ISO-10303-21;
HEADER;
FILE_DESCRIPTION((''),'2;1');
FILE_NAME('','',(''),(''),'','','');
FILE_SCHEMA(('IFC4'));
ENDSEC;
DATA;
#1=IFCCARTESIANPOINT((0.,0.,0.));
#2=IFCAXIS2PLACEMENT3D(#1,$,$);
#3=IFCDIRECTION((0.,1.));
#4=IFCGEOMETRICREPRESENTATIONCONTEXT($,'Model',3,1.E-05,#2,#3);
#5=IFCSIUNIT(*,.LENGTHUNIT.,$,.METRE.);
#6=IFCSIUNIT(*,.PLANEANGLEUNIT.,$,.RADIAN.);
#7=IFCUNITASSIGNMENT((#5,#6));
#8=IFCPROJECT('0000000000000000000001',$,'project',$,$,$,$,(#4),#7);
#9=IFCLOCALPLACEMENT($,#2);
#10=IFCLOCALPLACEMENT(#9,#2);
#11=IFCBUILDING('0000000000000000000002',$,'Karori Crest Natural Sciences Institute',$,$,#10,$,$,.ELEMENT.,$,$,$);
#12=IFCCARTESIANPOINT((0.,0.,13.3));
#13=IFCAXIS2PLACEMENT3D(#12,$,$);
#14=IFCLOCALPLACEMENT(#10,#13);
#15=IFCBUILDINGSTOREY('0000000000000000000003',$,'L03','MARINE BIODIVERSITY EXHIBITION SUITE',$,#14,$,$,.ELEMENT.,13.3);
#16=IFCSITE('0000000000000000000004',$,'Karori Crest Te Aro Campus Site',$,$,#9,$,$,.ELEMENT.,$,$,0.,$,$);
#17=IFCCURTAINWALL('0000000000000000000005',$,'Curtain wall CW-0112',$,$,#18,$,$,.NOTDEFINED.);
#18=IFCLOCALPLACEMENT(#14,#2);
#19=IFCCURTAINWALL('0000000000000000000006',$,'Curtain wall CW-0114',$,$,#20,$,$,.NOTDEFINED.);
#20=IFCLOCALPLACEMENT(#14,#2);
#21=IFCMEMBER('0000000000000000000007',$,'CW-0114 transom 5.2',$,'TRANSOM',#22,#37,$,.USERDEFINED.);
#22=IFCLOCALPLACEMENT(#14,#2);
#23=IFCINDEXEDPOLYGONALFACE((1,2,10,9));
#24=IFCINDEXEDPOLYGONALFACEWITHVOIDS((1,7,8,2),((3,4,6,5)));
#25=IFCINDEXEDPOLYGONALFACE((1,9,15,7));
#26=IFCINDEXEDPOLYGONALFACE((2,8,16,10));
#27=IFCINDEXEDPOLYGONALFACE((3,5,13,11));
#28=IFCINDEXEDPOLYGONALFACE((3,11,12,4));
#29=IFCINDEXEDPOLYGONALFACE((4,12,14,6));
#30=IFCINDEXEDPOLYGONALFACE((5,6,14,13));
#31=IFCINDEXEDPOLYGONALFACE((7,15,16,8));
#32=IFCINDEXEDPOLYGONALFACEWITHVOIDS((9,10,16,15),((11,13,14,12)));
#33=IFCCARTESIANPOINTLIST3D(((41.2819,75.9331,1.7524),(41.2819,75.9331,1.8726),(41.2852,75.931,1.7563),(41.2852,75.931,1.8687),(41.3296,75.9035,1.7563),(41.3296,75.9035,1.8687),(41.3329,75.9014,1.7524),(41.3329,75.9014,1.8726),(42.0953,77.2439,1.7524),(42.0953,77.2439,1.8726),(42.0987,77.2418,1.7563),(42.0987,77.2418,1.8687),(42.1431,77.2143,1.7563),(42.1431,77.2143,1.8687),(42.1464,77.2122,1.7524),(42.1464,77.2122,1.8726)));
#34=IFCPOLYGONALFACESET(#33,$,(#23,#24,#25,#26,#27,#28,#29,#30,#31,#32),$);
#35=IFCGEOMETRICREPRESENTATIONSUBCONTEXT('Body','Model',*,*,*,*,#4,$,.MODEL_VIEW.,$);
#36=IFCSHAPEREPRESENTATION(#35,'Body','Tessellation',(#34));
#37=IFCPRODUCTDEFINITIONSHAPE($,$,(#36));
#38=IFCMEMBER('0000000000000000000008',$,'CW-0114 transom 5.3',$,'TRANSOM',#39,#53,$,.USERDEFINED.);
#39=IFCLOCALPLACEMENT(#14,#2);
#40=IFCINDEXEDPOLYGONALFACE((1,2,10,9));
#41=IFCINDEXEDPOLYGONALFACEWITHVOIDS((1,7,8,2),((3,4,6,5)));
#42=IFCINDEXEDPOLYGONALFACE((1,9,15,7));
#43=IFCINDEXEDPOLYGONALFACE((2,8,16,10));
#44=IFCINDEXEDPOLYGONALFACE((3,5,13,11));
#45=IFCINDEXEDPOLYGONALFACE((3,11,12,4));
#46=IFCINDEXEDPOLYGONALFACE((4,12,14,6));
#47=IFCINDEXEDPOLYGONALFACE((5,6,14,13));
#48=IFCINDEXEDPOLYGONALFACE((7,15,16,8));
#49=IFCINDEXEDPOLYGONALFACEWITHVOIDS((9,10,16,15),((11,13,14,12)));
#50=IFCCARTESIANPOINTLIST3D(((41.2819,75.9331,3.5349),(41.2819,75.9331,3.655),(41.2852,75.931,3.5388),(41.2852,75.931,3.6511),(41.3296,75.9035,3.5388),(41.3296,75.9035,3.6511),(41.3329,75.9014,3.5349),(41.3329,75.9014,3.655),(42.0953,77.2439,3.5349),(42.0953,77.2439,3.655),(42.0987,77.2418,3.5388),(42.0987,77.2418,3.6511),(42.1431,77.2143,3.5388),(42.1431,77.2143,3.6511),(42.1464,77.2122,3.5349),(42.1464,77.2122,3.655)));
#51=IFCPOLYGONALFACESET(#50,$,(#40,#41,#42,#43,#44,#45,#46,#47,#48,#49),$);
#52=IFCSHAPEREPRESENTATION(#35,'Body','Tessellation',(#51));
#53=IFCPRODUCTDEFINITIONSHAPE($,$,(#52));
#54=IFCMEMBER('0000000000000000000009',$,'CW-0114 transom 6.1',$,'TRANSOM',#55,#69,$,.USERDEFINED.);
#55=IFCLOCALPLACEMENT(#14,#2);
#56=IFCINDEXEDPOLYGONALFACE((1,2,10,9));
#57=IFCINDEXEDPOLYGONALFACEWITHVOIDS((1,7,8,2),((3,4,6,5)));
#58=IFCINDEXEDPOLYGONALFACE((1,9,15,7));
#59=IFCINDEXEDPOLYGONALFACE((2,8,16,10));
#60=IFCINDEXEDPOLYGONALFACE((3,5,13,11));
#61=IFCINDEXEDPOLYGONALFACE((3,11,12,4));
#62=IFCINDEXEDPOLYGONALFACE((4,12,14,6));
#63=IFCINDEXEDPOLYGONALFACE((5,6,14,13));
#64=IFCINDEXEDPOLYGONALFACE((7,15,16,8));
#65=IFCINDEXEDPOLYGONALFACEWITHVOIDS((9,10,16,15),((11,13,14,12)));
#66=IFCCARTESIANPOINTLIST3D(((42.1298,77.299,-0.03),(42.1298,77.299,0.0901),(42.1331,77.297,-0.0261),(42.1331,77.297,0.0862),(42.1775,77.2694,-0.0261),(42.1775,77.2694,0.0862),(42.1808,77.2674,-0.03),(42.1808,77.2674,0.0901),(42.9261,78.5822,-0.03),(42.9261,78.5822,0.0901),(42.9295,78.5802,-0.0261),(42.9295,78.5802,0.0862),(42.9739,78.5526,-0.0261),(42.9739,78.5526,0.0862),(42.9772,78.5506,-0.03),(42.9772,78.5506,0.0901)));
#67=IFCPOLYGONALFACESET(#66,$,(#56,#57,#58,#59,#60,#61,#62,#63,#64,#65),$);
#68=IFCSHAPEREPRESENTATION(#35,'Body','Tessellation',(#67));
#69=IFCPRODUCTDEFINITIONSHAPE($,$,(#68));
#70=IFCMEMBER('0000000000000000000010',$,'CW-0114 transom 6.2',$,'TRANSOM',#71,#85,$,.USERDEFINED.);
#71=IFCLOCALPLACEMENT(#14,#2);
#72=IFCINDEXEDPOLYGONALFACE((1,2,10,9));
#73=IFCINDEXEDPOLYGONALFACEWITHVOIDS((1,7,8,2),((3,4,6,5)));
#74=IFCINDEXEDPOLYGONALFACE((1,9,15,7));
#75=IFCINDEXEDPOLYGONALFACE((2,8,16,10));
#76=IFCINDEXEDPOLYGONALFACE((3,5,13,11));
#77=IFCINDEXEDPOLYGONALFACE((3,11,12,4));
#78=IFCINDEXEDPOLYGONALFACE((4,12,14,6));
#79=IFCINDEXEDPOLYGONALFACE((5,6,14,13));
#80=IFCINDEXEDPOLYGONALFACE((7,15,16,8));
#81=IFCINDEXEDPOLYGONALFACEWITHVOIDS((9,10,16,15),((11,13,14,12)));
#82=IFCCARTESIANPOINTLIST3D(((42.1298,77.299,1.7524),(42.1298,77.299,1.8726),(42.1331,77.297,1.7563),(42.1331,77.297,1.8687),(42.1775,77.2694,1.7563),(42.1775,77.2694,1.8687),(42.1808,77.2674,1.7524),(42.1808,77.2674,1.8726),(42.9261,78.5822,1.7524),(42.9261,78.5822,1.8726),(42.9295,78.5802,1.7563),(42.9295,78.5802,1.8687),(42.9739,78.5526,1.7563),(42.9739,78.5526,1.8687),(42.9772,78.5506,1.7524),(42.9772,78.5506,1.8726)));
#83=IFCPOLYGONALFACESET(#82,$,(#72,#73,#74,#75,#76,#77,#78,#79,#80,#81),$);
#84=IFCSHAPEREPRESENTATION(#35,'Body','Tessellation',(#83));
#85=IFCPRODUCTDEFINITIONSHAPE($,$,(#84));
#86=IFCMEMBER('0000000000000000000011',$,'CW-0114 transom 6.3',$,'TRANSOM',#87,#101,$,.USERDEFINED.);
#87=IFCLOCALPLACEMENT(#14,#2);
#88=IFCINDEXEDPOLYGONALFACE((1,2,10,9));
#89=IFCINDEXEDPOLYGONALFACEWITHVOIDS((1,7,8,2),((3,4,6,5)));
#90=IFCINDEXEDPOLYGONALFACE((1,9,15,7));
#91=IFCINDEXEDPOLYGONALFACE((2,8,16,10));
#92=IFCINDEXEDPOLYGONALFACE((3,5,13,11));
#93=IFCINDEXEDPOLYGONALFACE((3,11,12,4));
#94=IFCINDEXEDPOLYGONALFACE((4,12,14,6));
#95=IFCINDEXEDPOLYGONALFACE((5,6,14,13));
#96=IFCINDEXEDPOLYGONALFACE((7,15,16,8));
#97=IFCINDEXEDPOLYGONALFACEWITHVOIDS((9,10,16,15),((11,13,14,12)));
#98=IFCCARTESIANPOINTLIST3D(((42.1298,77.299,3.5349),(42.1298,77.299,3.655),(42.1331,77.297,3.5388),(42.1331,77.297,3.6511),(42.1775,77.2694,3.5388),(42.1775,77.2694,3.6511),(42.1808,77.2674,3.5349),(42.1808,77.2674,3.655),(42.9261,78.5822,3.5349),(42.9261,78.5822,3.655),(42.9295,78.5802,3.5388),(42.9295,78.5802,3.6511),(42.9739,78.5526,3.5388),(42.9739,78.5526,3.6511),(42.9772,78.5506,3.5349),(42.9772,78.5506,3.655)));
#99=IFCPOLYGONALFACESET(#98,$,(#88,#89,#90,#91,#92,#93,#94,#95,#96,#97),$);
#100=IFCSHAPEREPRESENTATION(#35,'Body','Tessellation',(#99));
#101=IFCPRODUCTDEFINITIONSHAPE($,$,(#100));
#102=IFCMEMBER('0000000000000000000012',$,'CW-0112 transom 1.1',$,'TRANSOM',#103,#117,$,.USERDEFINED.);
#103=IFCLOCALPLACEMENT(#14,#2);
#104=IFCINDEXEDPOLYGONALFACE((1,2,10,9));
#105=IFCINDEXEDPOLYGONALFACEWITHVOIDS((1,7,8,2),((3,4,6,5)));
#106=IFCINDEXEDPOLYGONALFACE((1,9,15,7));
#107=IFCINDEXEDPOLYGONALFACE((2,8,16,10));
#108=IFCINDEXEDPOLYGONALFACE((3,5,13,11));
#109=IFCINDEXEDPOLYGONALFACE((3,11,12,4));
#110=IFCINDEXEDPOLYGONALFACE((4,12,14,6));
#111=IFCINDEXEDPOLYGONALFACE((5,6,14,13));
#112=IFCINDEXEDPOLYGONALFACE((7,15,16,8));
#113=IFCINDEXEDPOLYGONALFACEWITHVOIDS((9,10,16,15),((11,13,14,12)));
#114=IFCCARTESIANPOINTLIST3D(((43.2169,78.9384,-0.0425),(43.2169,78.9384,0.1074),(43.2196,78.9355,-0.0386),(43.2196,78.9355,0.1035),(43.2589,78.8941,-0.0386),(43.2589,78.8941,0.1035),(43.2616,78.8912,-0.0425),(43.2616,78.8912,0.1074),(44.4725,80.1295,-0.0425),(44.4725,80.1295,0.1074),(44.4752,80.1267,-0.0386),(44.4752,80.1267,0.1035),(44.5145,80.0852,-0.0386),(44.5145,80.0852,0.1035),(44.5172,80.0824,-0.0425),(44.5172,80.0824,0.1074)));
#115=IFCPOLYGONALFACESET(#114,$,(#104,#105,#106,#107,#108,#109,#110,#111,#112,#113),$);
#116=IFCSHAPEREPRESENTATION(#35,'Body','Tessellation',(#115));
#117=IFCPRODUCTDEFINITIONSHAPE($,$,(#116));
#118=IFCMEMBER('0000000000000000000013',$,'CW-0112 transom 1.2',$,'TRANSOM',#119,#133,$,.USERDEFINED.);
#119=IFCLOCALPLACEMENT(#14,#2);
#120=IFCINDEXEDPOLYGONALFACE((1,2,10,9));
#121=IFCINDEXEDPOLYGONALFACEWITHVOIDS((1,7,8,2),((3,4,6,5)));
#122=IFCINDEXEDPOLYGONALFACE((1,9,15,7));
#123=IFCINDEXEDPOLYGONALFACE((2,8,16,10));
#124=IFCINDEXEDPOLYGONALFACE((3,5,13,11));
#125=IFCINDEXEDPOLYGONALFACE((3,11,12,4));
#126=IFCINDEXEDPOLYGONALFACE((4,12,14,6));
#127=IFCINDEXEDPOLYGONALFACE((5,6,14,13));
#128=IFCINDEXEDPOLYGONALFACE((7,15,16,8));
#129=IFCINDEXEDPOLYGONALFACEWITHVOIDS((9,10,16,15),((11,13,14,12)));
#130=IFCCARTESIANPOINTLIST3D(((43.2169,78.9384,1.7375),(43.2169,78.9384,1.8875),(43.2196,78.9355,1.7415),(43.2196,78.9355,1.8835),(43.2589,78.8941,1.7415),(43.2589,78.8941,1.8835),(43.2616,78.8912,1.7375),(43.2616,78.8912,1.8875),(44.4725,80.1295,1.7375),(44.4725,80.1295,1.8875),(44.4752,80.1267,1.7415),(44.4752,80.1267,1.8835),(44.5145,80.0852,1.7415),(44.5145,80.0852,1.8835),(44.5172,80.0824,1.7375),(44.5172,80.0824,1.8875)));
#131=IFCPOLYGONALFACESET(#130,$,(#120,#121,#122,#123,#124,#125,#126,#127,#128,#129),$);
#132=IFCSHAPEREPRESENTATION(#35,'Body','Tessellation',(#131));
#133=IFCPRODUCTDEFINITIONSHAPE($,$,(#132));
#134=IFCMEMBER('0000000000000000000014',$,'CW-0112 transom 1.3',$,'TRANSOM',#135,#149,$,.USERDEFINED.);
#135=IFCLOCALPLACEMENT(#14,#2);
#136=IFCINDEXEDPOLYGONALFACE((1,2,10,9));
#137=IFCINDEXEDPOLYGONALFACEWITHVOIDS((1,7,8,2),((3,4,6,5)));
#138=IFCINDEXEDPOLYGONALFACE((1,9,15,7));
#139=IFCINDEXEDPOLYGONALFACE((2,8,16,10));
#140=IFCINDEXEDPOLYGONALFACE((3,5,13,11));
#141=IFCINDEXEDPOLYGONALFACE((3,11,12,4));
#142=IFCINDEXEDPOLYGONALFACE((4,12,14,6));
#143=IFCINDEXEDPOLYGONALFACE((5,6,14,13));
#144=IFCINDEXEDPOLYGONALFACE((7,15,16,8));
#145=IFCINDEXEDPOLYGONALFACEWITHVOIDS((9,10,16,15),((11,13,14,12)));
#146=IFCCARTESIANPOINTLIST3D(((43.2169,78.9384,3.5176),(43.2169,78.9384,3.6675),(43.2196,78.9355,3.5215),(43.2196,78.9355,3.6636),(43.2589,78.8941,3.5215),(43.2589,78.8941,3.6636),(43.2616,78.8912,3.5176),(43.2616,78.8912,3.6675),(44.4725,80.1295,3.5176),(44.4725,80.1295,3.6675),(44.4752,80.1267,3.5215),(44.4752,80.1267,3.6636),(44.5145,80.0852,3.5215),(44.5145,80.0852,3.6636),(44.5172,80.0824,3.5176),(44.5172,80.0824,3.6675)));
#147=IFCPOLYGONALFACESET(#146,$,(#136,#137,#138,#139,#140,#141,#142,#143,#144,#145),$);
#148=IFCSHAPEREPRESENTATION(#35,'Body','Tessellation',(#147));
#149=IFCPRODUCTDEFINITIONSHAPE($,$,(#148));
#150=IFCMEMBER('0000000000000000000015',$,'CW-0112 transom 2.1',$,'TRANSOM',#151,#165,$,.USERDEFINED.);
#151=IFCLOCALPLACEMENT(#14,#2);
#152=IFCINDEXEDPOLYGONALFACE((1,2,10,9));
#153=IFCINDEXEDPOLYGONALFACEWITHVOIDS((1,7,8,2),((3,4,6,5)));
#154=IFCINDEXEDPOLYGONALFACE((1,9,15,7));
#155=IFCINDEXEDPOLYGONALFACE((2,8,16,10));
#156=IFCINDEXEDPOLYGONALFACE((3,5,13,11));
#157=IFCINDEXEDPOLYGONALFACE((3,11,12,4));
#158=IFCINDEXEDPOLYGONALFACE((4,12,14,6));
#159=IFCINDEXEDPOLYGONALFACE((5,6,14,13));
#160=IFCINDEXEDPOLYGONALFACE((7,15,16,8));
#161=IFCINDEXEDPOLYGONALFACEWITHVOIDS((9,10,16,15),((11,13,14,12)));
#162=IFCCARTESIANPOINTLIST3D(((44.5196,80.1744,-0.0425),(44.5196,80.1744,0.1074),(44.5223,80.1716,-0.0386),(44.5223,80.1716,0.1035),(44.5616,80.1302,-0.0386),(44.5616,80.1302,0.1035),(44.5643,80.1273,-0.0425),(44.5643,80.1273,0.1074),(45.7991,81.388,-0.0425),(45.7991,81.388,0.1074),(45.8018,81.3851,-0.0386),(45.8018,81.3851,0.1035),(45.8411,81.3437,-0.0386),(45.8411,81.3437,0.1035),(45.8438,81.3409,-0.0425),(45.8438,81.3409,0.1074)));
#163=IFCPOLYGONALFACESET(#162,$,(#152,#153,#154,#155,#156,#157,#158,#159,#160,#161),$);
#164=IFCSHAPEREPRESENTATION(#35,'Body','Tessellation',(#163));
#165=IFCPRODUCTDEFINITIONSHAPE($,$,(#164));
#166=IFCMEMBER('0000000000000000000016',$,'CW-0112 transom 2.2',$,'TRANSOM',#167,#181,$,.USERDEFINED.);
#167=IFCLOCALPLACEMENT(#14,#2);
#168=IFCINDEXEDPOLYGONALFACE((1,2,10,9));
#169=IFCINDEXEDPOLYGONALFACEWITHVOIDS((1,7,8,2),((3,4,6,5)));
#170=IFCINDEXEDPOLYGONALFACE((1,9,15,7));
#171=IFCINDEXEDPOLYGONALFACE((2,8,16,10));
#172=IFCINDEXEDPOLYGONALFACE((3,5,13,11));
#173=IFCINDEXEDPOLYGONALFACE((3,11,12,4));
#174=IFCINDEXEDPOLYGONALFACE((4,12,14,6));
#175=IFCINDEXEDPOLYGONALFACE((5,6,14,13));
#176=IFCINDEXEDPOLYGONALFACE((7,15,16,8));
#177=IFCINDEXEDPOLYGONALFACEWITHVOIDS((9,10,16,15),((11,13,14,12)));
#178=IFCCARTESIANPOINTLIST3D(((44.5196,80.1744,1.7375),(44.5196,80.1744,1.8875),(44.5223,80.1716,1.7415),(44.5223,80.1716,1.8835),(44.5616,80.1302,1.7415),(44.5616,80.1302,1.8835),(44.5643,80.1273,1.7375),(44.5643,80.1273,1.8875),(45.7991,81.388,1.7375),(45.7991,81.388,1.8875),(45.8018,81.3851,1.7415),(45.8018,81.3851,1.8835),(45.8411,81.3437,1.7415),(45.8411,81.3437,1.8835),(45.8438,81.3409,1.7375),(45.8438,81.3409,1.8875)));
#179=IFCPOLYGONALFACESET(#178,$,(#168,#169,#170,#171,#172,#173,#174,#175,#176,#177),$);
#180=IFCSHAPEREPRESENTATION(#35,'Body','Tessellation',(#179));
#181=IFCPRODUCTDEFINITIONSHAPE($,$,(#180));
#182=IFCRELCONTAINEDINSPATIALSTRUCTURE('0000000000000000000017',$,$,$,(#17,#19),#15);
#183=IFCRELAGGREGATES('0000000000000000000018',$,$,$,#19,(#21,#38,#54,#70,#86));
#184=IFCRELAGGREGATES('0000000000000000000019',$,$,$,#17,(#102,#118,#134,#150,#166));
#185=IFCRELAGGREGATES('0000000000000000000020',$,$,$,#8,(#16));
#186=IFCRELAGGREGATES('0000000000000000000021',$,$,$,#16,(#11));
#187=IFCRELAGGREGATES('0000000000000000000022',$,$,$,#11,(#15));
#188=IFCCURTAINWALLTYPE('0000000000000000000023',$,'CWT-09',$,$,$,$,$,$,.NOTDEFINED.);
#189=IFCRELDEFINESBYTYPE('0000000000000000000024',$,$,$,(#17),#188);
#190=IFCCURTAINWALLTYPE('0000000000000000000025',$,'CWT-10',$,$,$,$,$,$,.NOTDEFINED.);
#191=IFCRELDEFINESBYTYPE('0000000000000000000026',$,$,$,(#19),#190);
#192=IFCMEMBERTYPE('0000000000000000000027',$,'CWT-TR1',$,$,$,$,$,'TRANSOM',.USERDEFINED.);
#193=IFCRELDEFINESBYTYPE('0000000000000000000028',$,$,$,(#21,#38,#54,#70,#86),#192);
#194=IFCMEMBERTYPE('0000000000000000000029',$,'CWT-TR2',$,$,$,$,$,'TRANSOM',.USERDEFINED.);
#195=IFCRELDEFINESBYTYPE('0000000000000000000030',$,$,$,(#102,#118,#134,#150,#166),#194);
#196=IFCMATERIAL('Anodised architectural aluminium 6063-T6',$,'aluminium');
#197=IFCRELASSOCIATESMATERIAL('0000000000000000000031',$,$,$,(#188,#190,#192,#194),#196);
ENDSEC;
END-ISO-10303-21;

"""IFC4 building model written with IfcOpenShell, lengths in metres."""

from ifc_helpers import new_model, si_unit, direction, frame, origin, origin_2d, place, context, subcontext, project, spatial, hollow_rectangle, extrude, material, material_profile, profile_set, type_object, element, aggregate, save


model = new_model("IFC4")

# Units and contexts
model_context = context("Model", 3, precision=1e-05, world=origin(), true_north=direction((0.0, 1.0)))
body_context = subcontext(model_context, "Body", "Model", "MODEL_VIEW")
ifc_project = project(units=[si_unit("LENGTHUNIT", "METRE"), si_unit("PLANEANGLEUNIT", "RADIAN")], contexts=[model_context])

# Site, building, storey
site_placement = place(None, origin())
site = spatial("IfcSite", under=ifc_project, at=site_placement, Name="Karori Crest Te Aro Campus Site", CompositionType="ELEMENT", RefElevation=0.0)
building_placement = place(site_placement, origin())
building = spatial("IfcBuilding", under=site, at=building_placement, Name="Karori Crest Natural Sciences Institute", CompositionType="ELEMENT")
storey_placement = place(building_placement, frame((0.0, 0.0, 13.3)))
storey = spatial("IfcBuildingStorey", under=building, at=storey_placement, Name="L03", Description="MARINE BIODIVERSITY EXHIBITION SUITE", CompositionType="ELEMENT", Elevation=13.3)

# Curtain walls, members
ifc_material_1 = material(Name="Anodised architectural aluminium 6063-T6", Category="aluminium")
curtain_wall_type_1 = type_object("IfcCurtainWallType", Name="CWT-09", PredefinedType="NOTDEFINED", material=ifc_material_1)
curtain_wall_1_placement = place(storey_placement, origin())
curtain_wall_1 = element("IfcCurtainWall", 1, at=curtain_wall_1_placement, inside=storey, type_object=curtain_wall_type_1, Name="Curtain wall CW-0112", PredefinedType="NOTDEFINED")
curtain_wall_type_2 = type_object("IfcCurtainWallType", Name="CWT-10", PredefinedType="NOTDEFINED", material=ifc_material_1)
curtain_wall_2_placement = place(storey_placement, origin())
curtain_wall_2 = element("IfcCurtainWall", 2, at=curtain_wall_2_placement, inside=storey, type_object=curtain_wall_type_2, Name="Curtain wall CW-0114", PredefinedType="NOTDEFINED")
ifc_material_profile_1 = material_profile(ifc_material_1, hollow_rectangle(XDim=0.0601, YDim=0.1201, WallThickness=0.0039, at=origin_2d()), Name="CWT120x60x4")
ifc_profile_set_1 = profile_set([ifc_material_profile_1], Name="Anodised architectural aluminium 6063-T6")
member_type_1 = type_object("IfcMemberType", Name="CWT-TR1", ElementType="TRANSOM", PredefinedType="USERDEFINED", material=ifc_profile_set_1)
member_1_placement = place(storey_placement, frame((41.3074, 75.9172, 1.8125), z_axis=(0.527308, 0.849674, 0.0), x_axis=(-0.849674, 0.527308, 0.0)))
member_1 = element("IfcMember", 3, at=member_1_placement, type_object=member_type_1, Name="CW-0114 transom 5.2", ObjectType="TRANSOM", PredefinedType="USERDEFINED", context=body_context, shape_type="SweptSolid", body=[
    extrude(hollow_rectangle(XDim=0.0601, YDim=0.1201, WallThickness=0.0039, at=origin_2d()), origin(), (0.0, 0.0, 1.0), 1.5427),
])
member_2_placement = place(storey_placement, frame((41.3074, 75.9172, 3.595), z_axis=(0.527308, 0.849674, 0.0), x_axis=(-0.849674, 0.527308, 0.0)))
member_2 = element("IfcMember", 4, at=member_2_placement, type_object=member_type_1, Name="CW-0114 transom 5.3", ObjectType="TRANSOM", PredefinedType="USERDEFINED", context=body_context, shape_type="SweptSolid", body=[
    extrude(hollow_rectangle(XDim=0.0601, YDim=0.1201, WallThickness=0.0039, at=origin_2d()), origin(), (0.0, 0.0, 1.0), 1.5427),
])
member_3_placement = place(storey_placement, frame((42.1553, 77.2832, 0.03), z_axis=(0.527323, 0.849665, 0.0), x_axis=(-0.849665, 0.527323, 0.0)))
member_3 = element("IfcMember", 5, at=member_3_placement, type_object=member_type_1, Name="CW-0114 transom 6.1", ObjectType="TRANSOM", PredefinedType="USERDEFINED", context=body_context, shape_type="SweptSolid", body=[
    extrude(hollow_rectangle(XDim=0.0601, YDim=0.1201, WallThickness=0.0039, at=origin_2d()), origin(), (0.0, 0.0, 1.0), 1.5103),
])
member_4_placement = place(storey_placement, frame((42.1553, 77.2832, 1.8125), z_axis=(0.527323, 0.849665, 0.0), x_axis=(-0.849665, 0.527323, 0.0)))
member_4 = element("IfcMember", 6, at=member_4_placement, type_object=member_type_1, Name="CW-0114 transom 6.2", ObjectType="TRANSOM", PredefinedType="USERDEFINED", context=body_context, shape_type="SweptSolid", body=[
    extrude(hollow_rectangle(XDim=0.0601, YDim=0.1201, WallThickness=0.0039, at=origin_2d()), origin(), (0.0, 0.0, 1.0), 1.5103),
])
member_5_placement = place(storey_placement, frame((42.1553, 77.2832, 3.595), z_axis=(0.527323, 0.849665, 0.0), x_axis=(-0.849665, 0.527323, 0.0)))
member_5 = element("IfcMember", 7, at=member_5_placement, type_object=member_type_1, Name="CW-0114 transom 6.3", ObjectType="TRANSOM", PredefinedType="USERDEFINED", context=body_context, shape_type="SweptSolid", body=[
    extrude(hollow_rectangle(XDim=0.0601, YDim=0.1201, WallThickness=0.0039, at=origin_2d()), origin(), (0.0, 0.0, 1.0), 1.5103),
])

# Members
ifc_material_profile_2 = material_profile(ifc_material_1, hollow_rectangle(XDim=0.0649, YDim=0.1499, WallThickness=0.0039, at=origin_2d()), Name="CWT150x65x4")
ifc_profile_set_2 = profile_set([ifc_material_profile_2], Name="Anodised architectural aluminium 6063-T6")
member_type_2 = type_object("IfcMemberType", Name="CWT-TR2", ElementType="TRANSOM", PredefinedType="USERDEFINED", material=ifc_profile_set_2)
member_6_placement = place(storey_placement, frame((43.2393, 78.9148, 0.0325), z_axis=(0.725482, 0.688241, 0.0), x_axis=(-0.688241, 0.725482, 0.0)))
member_6 = element("IfcMember", 8, at=member_6_placement, type_object=member_type_2, Name="CW-0112 transom 1.1", ObjectType="TRANSOM", PredefinedType="USERDEFINED", context=body_context, shape_type="SweptSolid", body=[
    extrude(hollow_rectangle(XDim=0.0649, YDim=0.1499, WallThickness=0.0039, at=origin_2d()), origin(), (0.0, 0.0, 1.0), 1.7307),
])
member_7_placement = place(storey_placement, frame((43.2393, 78.9148, 1.8125), z_axis=(0.725482, 0.688241, 0.0), x_axis=(-0.688241, 0.725482, 0.0)))
member_7 = element("IfcMember", 9, at=member_7_placement, type_object=member_type_2, Name="CW-0112 transom 1.2", ObjectType="TRANSOM", PredefinedType="USERDEFINED", context=body_context, shape_type="SweptSolid", body=[
    extrude(hollow_rectangle(XDim=0.0649, YDim=0.1499, WallThickness=0.0039, at=origin_2d()), origin(), (0.0, 0.0, 1.0), 1.7307),
])
member_8_placement = place(storey_placement, frame((43.2393, 78.9148, 3.5925), z_axis=(0.725482, 0.688241, 0.0), x_axis=(-0.688241, 0.725482, 0.0)))
member_8 = element("IfcMember", 10, at=member_8_placement, type_object=member_type_2, Name="CW-0112 transom 1.3", ObjectType="TRANSOM", PredefinedType="USERDEFINED", context=body_context, shape_type="SweptSolid", body=[
    extrude(hollow_rectangle(XDim=0.0649, YDim=0.1499, WallThickness=0.0039, at=origin_2d()), origin(), (0.0, 0.0, 1.0), 1.7307),
])
member_9_placement = place(storey_placement, frame((44.542, 80.1509, 0.0325), z_axis=(0.725549, 0.688171, 0.0), x_axis=(-0.688171, 0.725549, 0.0)))
member_9 = element("IfcMember", 11, at=member_9_placement, type_object=member_type_2, Name="CW-0112 transom 2.1", ObjectType="TRANSOM", PredefinedType="USERDEFINED", context=body_context, shape_type="SweptSolid", body=[
    extrude(hollow_rectangle(XDim=0.0649, YDim=0.1499, WallThickness=0.0039, at=origin_2d()), origin(), (0.0, 0.0, 1.0), 1.7634),
])
member_10_placement = place(storey_placement, frame((44.542, 80.1509, 1.8125), z_axis=(0.725549, 0.688171, 0.0), x_axis=(-0.688171, 0.725549, 0.0)))
member_10 = element("IfcMember", 12, at=member_10_placement, type_object=member_type_2, Name="CW-0112 transom 2.2", ObjectType="TRANSOM", PredefinedType="USERDEFINED", context=body_context, shape_type="SweptSolid", body=[
    extrude(hollow_rectangle(XDim=0.0649, YDim=0.1499, WallThickness=0.0039, at=origin_2d()), origin(), (0.0, 0.0, 1.0), 1.7634),
])

aggregate(curtain_wall_2, [member_1, member_2, member_3, member_4, member_5])
aggregate(curtain_wall_1, [member_6, member_7, member_8, member_9, member_10])

save(model, "model.ifc")
